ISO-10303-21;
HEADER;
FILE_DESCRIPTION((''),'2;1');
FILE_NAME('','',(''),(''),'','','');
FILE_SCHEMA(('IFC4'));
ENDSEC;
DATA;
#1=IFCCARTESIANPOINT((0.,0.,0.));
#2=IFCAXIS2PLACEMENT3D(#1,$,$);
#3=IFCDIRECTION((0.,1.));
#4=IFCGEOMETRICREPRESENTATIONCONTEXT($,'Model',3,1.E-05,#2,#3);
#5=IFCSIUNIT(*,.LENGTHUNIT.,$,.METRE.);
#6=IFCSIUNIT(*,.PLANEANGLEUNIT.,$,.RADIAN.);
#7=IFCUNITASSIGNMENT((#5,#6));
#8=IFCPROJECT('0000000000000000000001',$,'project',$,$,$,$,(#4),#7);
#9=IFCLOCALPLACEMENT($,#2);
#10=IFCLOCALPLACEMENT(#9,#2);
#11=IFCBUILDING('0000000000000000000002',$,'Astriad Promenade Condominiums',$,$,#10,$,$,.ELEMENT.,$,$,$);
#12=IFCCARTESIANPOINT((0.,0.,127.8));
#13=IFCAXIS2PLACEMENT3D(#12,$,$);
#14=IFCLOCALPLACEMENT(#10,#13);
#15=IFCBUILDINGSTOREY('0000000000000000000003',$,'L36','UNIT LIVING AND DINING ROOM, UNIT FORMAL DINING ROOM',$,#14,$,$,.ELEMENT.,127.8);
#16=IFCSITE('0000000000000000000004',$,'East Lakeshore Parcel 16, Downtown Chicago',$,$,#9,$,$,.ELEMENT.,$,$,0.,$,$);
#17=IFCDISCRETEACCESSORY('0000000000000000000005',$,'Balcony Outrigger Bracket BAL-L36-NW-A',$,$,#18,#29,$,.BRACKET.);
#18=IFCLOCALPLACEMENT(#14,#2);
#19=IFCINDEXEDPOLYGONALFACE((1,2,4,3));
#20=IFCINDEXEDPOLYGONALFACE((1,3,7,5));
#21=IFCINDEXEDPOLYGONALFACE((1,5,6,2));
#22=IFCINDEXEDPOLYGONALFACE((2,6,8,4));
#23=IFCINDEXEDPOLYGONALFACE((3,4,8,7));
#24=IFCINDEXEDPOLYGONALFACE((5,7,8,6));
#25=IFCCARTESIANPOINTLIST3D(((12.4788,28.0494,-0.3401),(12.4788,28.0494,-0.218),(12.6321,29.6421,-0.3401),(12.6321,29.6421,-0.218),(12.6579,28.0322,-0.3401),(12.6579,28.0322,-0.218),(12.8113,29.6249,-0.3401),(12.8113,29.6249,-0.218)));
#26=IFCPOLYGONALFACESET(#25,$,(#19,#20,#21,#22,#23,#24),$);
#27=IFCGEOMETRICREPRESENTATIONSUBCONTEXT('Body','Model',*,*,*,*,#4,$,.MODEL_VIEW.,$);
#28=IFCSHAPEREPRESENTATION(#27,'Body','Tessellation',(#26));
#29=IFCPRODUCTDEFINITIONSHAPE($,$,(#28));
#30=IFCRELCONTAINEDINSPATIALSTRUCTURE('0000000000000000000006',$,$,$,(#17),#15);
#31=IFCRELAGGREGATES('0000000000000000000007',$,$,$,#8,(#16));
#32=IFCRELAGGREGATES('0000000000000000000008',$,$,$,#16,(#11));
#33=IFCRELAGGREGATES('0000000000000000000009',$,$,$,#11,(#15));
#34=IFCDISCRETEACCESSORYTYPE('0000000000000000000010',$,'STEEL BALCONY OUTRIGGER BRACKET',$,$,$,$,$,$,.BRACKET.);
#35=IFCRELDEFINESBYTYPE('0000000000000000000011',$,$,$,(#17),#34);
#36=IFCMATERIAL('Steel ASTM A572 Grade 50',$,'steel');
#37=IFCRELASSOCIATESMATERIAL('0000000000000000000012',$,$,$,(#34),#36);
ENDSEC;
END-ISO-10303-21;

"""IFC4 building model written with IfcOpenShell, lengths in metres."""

from ifc_helpers import new_model, si_unit, direction, frame, origin, origin_2d, place, context, subcontext, project, spatial, rectangle, extrude, source, transform, mapped, material, type_object, type_shapes, element, save


model = new_model("IFC4")

# Units and contexts
model_context = context("Model", 3, precision=1e-05, world=origin(), true_north=direction((0.0, 1.0)))
body_context = subcontext(model_context, "Body", "Model", "MODEL_VIEW")
ifc_project = project(units=[si_unit("LENGTHUNIT", "METRE"), si_unit("PLANEANGLEUNIT", "RADIAN")], contexts=[model_context])

# Site, building, storey
site_placement = place(None, origin())
site = spatial("IfcSite", under=ifc_project, at=site_placement, Name="East Lakeshore Parcel 16, Downtown Chicago", CompositionType="ELEMENT", RefElevation=0.0)
building_placement = place(site_placement, origin())
building = spatial("IfcBuilding", under=site, at=building_placement, Name="Astriad Promenade Condominiums", CompositionType="ELEMENT")
storey_placement = place(building_placement, frame((0.0, 0.0, 127.8)))
storey = spatial("IfcBuildingStorey", under=building, at=storey_placement, Name="L36", Description="UNIT LIVING AND DINING ROOM, UNIT FORMAL DINING ROOM", CompositionType="ELEMENT", Elevation=127.8)

# Discrete accessory
ifc_material_1 = material(Name="Steel ASTM A572 Grade 50", Category="steel")
discrete_accessory_type = type_object("IfcDiscreteAccessoryType", Name="STEEL BALCONY OUTRIGGER BRACKET", PredefinedType="BRACKET", material=ifc_material_1)
shared_shape_1 = source(origin(), body_context, "Body", "SweptSolid", [
    extrude(rectangle(XDim=1.6001, YDim=0.1799, at=origin_2d()), origin(), (0.0, 0.0, 1.0), 0.1221),
])
type_shapes(discrete_accessory_type, [shared_shape_1])
discrete_accessory_placement = place(storey_placement, frame((12.645, 28.8372, -0.3401), z_axis=(0.0, 0.0, 1.0), x_axis=(0.095846, 0.995396, 0.0)))
element("IfcDiscreteAccessory", 1, at=discrete_accessory_placement, inside=storey, type_object=discrete_accessory_type, Name="Balcony Outrigger Bracket BAL-L36-NW-A", PredefinedType="BRACKET", context=body_context, shape_type="MappedRepresentation", body=[
    mapped(shared_shape_1, transform((0.0, 0.0, 0.0), scale=1.0)),
])

save(model, "model.ifc")
